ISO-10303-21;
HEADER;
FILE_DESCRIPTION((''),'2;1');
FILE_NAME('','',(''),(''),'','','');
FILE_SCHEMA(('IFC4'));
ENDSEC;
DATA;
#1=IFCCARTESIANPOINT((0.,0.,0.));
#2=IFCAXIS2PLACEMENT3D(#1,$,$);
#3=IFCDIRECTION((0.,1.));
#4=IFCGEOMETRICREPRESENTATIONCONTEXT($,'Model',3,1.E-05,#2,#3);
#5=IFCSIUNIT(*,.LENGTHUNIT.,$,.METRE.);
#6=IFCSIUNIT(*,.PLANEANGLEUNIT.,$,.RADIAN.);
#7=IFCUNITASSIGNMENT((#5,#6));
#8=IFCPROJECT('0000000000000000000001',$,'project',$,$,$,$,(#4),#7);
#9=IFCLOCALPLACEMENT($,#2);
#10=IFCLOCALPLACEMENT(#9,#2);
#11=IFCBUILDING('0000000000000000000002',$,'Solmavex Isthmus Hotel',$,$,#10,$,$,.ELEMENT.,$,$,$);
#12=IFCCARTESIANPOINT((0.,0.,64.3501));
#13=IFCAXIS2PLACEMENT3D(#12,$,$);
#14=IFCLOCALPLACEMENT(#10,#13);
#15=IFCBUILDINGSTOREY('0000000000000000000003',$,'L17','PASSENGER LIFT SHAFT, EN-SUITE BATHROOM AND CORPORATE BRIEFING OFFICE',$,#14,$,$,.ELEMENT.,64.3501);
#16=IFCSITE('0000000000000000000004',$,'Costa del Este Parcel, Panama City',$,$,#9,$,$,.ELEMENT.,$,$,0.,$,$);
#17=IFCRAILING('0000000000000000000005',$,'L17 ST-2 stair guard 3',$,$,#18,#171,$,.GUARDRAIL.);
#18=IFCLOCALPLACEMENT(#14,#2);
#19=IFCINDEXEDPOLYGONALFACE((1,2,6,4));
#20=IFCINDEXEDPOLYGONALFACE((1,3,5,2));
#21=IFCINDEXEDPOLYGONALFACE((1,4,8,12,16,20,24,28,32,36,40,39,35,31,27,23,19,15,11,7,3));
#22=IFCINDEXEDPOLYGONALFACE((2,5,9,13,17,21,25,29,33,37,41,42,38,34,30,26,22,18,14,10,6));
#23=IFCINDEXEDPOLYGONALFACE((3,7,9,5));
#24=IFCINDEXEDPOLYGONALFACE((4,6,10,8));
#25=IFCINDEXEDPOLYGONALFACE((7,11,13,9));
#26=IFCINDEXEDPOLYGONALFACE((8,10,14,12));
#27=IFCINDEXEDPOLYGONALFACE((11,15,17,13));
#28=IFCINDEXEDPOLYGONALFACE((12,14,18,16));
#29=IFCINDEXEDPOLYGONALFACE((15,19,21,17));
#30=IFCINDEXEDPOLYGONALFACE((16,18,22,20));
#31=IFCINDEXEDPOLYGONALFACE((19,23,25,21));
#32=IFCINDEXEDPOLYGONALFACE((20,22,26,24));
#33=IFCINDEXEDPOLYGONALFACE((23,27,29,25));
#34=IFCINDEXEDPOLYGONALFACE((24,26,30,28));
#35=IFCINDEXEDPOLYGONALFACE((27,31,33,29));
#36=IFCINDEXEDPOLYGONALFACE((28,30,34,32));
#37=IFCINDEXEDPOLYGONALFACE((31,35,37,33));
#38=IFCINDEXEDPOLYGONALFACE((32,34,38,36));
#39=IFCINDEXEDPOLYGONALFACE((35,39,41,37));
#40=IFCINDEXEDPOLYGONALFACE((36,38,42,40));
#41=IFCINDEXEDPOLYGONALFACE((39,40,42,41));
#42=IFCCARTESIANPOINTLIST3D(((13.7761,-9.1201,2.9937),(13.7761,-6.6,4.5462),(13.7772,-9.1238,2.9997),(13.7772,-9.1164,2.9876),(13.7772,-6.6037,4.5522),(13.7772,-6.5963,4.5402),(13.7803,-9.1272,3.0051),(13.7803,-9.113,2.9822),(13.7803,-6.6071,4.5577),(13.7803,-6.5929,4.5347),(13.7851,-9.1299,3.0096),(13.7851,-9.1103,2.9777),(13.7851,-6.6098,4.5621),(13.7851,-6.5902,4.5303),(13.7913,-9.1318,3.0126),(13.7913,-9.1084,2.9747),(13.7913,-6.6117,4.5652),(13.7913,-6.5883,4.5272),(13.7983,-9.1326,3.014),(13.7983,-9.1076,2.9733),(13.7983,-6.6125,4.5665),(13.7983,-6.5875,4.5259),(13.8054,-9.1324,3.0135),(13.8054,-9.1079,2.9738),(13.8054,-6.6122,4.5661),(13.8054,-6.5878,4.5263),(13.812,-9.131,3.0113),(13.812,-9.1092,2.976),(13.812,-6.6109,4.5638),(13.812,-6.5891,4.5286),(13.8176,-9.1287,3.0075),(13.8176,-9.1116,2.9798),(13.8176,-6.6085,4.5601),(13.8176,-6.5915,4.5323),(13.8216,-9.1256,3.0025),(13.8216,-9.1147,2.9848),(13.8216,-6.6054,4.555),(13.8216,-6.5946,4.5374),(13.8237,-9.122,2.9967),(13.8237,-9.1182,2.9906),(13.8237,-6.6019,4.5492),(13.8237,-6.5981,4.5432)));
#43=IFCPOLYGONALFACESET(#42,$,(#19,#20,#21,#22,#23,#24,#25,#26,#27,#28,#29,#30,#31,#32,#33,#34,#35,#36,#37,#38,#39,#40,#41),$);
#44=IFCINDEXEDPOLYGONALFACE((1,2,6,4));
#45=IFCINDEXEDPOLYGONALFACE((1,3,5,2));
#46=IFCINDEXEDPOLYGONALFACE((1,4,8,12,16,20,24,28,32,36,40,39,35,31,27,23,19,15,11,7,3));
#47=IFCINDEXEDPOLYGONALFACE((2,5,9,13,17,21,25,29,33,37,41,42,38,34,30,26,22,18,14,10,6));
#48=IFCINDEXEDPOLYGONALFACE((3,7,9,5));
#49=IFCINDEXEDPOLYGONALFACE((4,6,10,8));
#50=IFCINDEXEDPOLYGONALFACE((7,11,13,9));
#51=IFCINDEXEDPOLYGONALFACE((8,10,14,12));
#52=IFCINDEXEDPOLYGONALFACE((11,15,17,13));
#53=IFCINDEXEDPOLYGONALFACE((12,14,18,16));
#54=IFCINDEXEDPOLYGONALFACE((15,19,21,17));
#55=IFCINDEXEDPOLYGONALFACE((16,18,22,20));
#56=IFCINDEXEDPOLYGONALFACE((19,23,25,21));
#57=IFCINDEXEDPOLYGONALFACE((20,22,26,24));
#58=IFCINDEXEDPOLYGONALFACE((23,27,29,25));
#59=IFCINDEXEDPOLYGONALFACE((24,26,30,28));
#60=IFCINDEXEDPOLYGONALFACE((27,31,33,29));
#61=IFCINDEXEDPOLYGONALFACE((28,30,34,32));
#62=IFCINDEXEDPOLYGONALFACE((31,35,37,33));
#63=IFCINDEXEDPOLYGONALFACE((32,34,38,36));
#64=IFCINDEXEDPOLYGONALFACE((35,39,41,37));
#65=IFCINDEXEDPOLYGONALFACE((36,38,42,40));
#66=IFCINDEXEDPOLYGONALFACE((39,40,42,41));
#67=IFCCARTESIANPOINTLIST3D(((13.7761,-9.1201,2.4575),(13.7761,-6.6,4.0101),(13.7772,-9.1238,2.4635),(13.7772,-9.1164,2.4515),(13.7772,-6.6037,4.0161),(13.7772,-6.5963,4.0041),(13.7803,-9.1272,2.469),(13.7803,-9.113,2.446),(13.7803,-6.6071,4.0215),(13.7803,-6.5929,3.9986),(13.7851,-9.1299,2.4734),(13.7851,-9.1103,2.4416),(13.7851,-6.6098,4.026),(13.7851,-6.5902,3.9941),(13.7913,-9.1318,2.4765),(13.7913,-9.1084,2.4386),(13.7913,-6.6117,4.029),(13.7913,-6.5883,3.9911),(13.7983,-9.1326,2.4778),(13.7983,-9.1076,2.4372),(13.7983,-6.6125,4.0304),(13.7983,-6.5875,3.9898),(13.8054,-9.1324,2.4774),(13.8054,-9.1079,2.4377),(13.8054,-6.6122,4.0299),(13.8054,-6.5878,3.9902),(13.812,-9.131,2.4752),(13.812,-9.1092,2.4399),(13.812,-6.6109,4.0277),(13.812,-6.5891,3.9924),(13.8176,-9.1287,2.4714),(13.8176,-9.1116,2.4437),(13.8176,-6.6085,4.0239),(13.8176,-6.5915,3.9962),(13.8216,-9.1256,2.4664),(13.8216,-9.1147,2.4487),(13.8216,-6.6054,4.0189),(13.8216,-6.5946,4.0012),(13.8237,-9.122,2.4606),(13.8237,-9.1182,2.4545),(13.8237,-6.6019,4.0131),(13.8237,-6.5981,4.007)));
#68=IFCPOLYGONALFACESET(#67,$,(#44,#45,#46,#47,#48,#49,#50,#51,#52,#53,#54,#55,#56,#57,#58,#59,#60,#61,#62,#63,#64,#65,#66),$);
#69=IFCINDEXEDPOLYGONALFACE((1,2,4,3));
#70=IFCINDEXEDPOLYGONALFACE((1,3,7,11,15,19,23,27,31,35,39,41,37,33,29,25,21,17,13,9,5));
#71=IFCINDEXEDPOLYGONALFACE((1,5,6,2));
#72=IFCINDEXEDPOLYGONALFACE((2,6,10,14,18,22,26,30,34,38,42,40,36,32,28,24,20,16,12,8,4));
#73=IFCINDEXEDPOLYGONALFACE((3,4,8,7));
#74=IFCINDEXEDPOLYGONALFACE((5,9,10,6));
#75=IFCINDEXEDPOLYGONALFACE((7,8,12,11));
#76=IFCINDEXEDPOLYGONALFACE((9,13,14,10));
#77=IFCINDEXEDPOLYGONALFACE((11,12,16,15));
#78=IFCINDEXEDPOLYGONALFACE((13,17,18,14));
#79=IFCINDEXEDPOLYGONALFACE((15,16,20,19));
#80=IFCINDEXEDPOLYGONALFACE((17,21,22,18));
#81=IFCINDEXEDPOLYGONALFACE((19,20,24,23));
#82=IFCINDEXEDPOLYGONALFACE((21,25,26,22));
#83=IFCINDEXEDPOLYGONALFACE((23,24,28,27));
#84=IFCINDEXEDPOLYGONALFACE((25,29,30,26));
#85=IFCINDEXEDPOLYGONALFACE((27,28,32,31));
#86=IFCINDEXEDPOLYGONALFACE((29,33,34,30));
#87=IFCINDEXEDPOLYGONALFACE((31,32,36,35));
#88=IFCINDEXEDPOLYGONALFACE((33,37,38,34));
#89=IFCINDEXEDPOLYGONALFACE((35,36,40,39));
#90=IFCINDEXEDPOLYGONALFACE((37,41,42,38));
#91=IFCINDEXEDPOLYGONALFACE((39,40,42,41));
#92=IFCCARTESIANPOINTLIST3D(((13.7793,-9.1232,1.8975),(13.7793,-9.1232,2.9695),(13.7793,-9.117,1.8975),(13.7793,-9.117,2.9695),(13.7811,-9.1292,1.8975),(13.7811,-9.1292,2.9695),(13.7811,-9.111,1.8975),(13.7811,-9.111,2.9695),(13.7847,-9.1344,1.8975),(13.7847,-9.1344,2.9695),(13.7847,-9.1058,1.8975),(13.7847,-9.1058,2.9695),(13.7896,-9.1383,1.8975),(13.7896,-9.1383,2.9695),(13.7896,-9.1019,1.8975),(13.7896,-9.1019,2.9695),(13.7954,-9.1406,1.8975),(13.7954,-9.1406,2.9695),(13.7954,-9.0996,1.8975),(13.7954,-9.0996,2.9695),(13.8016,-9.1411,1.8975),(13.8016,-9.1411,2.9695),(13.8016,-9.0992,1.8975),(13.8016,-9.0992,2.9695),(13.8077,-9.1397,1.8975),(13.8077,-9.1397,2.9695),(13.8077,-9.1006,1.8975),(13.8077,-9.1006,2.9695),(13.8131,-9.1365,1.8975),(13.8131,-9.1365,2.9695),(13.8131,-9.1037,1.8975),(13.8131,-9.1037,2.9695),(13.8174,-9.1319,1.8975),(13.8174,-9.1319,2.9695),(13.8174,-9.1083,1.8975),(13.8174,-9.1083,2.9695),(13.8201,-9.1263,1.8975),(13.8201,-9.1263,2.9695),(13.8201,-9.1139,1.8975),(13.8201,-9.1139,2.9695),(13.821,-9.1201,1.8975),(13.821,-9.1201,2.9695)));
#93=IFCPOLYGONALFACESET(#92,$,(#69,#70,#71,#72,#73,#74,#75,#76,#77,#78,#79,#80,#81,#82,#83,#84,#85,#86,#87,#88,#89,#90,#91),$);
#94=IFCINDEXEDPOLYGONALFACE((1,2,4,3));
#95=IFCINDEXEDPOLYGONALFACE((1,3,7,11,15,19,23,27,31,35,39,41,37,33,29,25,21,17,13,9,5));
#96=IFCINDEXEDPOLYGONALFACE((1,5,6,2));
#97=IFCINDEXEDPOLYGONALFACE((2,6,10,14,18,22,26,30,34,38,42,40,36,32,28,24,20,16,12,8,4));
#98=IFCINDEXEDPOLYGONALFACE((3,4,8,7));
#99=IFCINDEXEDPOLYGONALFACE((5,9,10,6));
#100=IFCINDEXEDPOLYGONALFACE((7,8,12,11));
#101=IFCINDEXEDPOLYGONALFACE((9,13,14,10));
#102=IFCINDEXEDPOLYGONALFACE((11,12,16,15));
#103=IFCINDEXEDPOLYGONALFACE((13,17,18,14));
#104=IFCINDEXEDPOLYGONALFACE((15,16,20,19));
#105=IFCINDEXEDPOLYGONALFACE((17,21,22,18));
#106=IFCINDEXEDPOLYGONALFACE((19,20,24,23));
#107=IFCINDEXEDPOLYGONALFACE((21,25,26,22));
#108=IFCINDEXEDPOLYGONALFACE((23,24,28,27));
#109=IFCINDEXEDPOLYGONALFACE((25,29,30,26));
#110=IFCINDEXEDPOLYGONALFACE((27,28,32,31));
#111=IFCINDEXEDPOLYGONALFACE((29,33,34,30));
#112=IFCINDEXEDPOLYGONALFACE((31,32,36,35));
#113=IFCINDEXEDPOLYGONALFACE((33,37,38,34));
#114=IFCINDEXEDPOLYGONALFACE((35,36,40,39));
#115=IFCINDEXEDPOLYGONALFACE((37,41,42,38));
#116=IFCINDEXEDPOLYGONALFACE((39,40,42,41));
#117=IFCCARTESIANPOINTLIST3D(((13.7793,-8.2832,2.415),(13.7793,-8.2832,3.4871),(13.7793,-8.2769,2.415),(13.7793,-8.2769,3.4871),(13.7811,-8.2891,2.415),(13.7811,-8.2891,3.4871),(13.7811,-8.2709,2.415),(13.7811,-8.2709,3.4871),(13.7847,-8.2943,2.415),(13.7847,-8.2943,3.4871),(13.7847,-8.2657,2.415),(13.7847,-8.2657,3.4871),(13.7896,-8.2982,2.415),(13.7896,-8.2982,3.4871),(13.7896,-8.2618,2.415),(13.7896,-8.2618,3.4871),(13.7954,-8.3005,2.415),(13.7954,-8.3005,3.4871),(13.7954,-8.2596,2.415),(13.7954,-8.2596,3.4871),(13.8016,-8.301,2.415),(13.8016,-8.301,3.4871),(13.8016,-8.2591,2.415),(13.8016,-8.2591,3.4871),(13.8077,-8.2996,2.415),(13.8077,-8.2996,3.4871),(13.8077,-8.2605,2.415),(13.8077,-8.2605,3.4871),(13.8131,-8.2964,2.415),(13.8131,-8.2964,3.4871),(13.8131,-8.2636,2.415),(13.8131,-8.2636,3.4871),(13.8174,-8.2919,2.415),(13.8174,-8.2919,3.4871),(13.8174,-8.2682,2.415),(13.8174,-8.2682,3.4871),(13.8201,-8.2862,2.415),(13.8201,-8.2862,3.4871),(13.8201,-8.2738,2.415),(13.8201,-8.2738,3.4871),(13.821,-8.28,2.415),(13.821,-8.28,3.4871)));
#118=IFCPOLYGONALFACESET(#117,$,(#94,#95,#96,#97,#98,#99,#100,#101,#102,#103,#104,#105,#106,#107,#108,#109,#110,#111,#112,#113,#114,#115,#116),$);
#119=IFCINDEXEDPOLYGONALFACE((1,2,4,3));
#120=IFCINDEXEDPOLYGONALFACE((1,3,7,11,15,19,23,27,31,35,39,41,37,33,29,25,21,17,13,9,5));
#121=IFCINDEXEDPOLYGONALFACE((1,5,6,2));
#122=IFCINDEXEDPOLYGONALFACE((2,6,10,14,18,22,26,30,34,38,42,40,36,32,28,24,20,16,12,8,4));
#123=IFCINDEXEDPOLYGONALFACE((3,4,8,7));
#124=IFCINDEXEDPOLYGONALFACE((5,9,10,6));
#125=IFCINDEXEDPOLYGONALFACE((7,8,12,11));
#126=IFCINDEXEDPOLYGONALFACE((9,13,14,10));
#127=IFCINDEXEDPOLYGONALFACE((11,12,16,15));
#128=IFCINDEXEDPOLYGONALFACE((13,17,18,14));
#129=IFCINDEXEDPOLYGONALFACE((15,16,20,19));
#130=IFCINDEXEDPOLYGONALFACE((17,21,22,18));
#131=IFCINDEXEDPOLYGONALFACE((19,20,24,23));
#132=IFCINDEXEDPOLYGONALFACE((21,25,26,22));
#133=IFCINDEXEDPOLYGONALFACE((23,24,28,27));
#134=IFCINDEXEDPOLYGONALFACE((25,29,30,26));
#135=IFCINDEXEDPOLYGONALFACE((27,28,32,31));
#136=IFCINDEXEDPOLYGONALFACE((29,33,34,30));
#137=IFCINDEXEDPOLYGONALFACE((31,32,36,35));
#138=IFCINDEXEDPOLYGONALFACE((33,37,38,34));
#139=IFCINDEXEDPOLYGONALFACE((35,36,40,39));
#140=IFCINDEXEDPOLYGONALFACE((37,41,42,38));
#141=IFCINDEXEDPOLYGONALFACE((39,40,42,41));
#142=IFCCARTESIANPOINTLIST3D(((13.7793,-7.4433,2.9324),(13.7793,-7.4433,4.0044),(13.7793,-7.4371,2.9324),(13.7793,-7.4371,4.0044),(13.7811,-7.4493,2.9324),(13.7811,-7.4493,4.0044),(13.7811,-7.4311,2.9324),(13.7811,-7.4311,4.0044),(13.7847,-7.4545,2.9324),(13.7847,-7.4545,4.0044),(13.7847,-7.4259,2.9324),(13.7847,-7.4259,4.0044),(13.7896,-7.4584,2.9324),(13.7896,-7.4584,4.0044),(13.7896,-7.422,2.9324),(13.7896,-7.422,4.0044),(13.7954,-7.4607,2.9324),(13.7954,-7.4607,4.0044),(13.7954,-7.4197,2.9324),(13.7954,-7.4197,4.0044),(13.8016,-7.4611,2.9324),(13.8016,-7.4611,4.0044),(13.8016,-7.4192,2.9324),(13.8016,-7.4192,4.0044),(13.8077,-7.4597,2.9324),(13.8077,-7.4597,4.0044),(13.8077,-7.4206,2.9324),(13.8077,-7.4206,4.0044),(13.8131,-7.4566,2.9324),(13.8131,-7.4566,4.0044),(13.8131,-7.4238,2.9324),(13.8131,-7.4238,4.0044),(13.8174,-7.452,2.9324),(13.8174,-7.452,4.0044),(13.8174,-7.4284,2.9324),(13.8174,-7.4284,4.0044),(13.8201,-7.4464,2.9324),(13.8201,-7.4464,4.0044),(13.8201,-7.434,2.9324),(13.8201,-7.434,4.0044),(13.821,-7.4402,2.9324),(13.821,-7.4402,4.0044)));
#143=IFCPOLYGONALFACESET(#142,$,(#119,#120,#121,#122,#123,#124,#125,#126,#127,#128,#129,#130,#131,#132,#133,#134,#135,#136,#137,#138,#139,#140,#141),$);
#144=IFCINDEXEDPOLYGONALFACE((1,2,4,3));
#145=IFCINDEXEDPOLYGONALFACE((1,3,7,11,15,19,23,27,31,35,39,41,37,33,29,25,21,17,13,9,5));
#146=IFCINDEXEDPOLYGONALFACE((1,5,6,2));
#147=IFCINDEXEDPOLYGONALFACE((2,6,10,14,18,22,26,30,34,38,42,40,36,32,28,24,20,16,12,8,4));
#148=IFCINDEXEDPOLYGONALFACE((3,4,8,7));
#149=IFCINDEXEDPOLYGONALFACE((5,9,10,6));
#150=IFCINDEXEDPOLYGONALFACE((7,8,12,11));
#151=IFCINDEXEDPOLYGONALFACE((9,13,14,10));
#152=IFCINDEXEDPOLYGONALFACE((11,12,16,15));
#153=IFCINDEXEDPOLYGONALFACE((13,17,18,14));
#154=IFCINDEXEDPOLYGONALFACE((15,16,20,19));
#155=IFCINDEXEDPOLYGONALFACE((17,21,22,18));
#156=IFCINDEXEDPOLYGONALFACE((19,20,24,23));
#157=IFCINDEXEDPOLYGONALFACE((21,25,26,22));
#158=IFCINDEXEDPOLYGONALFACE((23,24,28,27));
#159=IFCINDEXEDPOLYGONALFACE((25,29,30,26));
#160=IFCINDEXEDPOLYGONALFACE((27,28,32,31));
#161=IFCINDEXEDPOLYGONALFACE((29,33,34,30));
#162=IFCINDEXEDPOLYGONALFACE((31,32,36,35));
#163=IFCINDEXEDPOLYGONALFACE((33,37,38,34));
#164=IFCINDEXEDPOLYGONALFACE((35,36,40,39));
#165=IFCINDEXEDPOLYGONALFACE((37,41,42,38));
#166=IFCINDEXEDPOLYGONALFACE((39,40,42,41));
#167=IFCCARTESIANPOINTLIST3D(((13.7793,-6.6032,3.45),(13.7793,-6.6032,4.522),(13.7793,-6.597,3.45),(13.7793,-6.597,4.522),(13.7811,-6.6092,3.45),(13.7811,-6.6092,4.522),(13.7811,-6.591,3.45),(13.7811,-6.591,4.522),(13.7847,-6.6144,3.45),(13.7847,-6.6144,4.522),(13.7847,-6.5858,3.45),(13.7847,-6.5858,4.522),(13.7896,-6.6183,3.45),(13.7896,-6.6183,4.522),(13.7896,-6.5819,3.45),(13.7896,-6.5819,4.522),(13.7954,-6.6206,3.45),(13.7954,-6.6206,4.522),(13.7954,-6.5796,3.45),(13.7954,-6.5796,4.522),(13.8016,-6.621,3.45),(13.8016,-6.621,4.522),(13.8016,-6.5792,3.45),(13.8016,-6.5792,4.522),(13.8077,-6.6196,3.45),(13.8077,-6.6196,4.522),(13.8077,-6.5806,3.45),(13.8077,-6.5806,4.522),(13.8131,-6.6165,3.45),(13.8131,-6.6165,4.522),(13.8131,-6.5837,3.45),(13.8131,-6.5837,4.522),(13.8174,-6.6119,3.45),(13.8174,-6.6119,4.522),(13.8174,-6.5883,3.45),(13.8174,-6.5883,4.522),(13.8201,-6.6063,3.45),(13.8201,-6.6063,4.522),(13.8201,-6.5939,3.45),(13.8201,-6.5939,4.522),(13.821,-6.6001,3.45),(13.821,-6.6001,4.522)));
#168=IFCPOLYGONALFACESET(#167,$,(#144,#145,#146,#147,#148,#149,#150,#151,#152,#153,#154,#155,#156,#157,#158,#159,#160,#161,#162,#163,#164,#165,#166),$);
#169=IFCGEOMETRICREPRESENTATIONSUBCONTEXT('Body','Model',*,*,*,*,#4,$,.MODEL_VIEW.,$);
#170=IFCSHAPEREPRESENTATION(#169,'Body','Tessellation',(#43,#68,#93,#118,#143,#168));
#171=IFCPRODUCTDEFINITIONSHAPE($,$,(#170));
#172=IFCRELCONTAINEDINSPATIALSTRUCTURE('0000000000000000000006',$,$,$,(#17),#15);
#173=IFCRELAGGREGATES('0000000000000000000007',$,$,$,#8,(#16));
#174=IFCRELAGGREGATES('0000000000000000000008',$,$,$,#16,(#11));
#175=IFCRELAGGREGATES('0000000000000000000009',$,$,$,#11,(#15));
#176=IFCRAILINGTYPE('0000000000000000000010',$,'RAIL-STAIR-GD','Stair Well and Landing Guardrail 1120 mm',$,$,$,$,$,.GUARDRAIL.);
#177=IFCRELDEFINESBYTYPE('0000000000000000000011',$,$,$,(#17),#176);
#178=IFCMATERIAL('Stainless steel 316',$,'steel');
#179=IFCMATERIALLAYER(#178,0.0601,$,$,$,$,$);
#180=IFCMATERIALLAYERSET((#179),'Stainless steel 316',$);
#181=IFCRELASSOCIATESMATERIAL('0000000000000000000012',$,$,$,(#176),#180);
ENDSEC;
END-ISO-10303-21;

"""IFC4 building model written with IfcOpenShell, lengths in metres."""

from ifc_helpers import new_model, si_unit, direction, frame, origin, origin_2d, place, context, subcontext, project, spatial, circle, extrude, material, layer, layer_set, type_object, element, save


model = new_model("IFC4")

# Units and contexts
model_context = context("Model", 3, precision=1e-05, world=origin(), true_north=direction((0.0, 1.0)))
body_context = subcontext(model_context, "Body", "Model", "MODEL_VIEW")
ifc_project = project(units=[si_unit("LENGTHUNIT", "METRE"), si_unit("PLANEANGLEUNIT", "RADIAN")], contexts=[model_context])

# Site, building, storey
site_placement = place(None, origin())
site = spatial("IfcSite", under=ifc_project, at=site_placement, Name="Costa del Este Parcel, Panama City", CompositionType="ELEMENT", RefElevation=0.0)
building_placement = place(site_placement, origin())
building = spatial("IfcBuilding", under=site, at=building_placement, Name="Solmavex Isthmus Hotel", CompositionType="ELEMENT")
storey_placement = place(building_placement, frame((0.0, 0.0, 64.3501)))
storey = spatial("IfcBuildingStorey", under=building, at=storey_placement, Name="L17", Description="PASSENGER LIFT SHAFT, EN-SUITE BATHROOM AND CORPORATE BRIEFING OFFICE", CompositionType="ELEMENT", Elevation=64.3501)

# Railing
ifc_material_1 = material(Name="Stainless steel 316", Category="steel")
ifc_layer_1 = layer(ifc_material_1, 0.0601)
ifc_layer_set_1 = layer_set([ifc_layer_1], Name="Stainless steel 316")
railing_type_1 = type_object("IfcRailingType", Name="RAIL-STAIR-GD", Description="Stair Well and Landing Guardrail 1120 mm", PredefinedType="GUARDRAIL", material=ifc_layer_set_1)
railing_1_placement = place(storey_placement, frame((13.8, -9.1201, 1.8975)))
element("IfcRailing", 1, at=railing_1_placement, inside=storey, type_object=railing_type_1, Name="L17 ST-2 stair guard 3", PredefinedType="GUARDRAIL", context=body_context, shape_type="SweptSolid", body=[
    extrude(circle(Radius=0.0239, at=origin_2d()), frame((0.0, 0.0, 1.0962), z_axis=(0.0, 0.8514, 0.524516), x_axis=(-1.0, 0.0, 0.0)), (0.0, 0.0, 1.0), 2.96),
    extrude(circle(Radius=0.0239, at=origin_2d()), frame((0.0, 0.0, 0.5601), z_axis=(0.0, 0.8514, 0.524516), x_axis=(-1.0, 0.0, 0.0)), (0.0, 0.0, 1.0), 2.96),
    extrude(circle(Radius=0.021, at=origin_2d()), origin(), (0.0, 0.0, 1.0), 1.072),
    extrude(circle(Radius=0.021, at=origin_2d()), frame((0.0, 0.8401, 0.5176)), (0.0, 0.0, 1.0), 1.072),
    extrude(circle(Radius=0.021, at=origin_2d()), frame((0.0, 1.6799, 1.0349)), (0.0, 0.0, 1.0), 1.072),
    extrude(circle(Radius=0.021, at=origin_2d()), frame((0.0, 2.52, 1.5525)), (0.0, 0.0, 1.0), 1.072),
])

save(model, "model.ifc")
